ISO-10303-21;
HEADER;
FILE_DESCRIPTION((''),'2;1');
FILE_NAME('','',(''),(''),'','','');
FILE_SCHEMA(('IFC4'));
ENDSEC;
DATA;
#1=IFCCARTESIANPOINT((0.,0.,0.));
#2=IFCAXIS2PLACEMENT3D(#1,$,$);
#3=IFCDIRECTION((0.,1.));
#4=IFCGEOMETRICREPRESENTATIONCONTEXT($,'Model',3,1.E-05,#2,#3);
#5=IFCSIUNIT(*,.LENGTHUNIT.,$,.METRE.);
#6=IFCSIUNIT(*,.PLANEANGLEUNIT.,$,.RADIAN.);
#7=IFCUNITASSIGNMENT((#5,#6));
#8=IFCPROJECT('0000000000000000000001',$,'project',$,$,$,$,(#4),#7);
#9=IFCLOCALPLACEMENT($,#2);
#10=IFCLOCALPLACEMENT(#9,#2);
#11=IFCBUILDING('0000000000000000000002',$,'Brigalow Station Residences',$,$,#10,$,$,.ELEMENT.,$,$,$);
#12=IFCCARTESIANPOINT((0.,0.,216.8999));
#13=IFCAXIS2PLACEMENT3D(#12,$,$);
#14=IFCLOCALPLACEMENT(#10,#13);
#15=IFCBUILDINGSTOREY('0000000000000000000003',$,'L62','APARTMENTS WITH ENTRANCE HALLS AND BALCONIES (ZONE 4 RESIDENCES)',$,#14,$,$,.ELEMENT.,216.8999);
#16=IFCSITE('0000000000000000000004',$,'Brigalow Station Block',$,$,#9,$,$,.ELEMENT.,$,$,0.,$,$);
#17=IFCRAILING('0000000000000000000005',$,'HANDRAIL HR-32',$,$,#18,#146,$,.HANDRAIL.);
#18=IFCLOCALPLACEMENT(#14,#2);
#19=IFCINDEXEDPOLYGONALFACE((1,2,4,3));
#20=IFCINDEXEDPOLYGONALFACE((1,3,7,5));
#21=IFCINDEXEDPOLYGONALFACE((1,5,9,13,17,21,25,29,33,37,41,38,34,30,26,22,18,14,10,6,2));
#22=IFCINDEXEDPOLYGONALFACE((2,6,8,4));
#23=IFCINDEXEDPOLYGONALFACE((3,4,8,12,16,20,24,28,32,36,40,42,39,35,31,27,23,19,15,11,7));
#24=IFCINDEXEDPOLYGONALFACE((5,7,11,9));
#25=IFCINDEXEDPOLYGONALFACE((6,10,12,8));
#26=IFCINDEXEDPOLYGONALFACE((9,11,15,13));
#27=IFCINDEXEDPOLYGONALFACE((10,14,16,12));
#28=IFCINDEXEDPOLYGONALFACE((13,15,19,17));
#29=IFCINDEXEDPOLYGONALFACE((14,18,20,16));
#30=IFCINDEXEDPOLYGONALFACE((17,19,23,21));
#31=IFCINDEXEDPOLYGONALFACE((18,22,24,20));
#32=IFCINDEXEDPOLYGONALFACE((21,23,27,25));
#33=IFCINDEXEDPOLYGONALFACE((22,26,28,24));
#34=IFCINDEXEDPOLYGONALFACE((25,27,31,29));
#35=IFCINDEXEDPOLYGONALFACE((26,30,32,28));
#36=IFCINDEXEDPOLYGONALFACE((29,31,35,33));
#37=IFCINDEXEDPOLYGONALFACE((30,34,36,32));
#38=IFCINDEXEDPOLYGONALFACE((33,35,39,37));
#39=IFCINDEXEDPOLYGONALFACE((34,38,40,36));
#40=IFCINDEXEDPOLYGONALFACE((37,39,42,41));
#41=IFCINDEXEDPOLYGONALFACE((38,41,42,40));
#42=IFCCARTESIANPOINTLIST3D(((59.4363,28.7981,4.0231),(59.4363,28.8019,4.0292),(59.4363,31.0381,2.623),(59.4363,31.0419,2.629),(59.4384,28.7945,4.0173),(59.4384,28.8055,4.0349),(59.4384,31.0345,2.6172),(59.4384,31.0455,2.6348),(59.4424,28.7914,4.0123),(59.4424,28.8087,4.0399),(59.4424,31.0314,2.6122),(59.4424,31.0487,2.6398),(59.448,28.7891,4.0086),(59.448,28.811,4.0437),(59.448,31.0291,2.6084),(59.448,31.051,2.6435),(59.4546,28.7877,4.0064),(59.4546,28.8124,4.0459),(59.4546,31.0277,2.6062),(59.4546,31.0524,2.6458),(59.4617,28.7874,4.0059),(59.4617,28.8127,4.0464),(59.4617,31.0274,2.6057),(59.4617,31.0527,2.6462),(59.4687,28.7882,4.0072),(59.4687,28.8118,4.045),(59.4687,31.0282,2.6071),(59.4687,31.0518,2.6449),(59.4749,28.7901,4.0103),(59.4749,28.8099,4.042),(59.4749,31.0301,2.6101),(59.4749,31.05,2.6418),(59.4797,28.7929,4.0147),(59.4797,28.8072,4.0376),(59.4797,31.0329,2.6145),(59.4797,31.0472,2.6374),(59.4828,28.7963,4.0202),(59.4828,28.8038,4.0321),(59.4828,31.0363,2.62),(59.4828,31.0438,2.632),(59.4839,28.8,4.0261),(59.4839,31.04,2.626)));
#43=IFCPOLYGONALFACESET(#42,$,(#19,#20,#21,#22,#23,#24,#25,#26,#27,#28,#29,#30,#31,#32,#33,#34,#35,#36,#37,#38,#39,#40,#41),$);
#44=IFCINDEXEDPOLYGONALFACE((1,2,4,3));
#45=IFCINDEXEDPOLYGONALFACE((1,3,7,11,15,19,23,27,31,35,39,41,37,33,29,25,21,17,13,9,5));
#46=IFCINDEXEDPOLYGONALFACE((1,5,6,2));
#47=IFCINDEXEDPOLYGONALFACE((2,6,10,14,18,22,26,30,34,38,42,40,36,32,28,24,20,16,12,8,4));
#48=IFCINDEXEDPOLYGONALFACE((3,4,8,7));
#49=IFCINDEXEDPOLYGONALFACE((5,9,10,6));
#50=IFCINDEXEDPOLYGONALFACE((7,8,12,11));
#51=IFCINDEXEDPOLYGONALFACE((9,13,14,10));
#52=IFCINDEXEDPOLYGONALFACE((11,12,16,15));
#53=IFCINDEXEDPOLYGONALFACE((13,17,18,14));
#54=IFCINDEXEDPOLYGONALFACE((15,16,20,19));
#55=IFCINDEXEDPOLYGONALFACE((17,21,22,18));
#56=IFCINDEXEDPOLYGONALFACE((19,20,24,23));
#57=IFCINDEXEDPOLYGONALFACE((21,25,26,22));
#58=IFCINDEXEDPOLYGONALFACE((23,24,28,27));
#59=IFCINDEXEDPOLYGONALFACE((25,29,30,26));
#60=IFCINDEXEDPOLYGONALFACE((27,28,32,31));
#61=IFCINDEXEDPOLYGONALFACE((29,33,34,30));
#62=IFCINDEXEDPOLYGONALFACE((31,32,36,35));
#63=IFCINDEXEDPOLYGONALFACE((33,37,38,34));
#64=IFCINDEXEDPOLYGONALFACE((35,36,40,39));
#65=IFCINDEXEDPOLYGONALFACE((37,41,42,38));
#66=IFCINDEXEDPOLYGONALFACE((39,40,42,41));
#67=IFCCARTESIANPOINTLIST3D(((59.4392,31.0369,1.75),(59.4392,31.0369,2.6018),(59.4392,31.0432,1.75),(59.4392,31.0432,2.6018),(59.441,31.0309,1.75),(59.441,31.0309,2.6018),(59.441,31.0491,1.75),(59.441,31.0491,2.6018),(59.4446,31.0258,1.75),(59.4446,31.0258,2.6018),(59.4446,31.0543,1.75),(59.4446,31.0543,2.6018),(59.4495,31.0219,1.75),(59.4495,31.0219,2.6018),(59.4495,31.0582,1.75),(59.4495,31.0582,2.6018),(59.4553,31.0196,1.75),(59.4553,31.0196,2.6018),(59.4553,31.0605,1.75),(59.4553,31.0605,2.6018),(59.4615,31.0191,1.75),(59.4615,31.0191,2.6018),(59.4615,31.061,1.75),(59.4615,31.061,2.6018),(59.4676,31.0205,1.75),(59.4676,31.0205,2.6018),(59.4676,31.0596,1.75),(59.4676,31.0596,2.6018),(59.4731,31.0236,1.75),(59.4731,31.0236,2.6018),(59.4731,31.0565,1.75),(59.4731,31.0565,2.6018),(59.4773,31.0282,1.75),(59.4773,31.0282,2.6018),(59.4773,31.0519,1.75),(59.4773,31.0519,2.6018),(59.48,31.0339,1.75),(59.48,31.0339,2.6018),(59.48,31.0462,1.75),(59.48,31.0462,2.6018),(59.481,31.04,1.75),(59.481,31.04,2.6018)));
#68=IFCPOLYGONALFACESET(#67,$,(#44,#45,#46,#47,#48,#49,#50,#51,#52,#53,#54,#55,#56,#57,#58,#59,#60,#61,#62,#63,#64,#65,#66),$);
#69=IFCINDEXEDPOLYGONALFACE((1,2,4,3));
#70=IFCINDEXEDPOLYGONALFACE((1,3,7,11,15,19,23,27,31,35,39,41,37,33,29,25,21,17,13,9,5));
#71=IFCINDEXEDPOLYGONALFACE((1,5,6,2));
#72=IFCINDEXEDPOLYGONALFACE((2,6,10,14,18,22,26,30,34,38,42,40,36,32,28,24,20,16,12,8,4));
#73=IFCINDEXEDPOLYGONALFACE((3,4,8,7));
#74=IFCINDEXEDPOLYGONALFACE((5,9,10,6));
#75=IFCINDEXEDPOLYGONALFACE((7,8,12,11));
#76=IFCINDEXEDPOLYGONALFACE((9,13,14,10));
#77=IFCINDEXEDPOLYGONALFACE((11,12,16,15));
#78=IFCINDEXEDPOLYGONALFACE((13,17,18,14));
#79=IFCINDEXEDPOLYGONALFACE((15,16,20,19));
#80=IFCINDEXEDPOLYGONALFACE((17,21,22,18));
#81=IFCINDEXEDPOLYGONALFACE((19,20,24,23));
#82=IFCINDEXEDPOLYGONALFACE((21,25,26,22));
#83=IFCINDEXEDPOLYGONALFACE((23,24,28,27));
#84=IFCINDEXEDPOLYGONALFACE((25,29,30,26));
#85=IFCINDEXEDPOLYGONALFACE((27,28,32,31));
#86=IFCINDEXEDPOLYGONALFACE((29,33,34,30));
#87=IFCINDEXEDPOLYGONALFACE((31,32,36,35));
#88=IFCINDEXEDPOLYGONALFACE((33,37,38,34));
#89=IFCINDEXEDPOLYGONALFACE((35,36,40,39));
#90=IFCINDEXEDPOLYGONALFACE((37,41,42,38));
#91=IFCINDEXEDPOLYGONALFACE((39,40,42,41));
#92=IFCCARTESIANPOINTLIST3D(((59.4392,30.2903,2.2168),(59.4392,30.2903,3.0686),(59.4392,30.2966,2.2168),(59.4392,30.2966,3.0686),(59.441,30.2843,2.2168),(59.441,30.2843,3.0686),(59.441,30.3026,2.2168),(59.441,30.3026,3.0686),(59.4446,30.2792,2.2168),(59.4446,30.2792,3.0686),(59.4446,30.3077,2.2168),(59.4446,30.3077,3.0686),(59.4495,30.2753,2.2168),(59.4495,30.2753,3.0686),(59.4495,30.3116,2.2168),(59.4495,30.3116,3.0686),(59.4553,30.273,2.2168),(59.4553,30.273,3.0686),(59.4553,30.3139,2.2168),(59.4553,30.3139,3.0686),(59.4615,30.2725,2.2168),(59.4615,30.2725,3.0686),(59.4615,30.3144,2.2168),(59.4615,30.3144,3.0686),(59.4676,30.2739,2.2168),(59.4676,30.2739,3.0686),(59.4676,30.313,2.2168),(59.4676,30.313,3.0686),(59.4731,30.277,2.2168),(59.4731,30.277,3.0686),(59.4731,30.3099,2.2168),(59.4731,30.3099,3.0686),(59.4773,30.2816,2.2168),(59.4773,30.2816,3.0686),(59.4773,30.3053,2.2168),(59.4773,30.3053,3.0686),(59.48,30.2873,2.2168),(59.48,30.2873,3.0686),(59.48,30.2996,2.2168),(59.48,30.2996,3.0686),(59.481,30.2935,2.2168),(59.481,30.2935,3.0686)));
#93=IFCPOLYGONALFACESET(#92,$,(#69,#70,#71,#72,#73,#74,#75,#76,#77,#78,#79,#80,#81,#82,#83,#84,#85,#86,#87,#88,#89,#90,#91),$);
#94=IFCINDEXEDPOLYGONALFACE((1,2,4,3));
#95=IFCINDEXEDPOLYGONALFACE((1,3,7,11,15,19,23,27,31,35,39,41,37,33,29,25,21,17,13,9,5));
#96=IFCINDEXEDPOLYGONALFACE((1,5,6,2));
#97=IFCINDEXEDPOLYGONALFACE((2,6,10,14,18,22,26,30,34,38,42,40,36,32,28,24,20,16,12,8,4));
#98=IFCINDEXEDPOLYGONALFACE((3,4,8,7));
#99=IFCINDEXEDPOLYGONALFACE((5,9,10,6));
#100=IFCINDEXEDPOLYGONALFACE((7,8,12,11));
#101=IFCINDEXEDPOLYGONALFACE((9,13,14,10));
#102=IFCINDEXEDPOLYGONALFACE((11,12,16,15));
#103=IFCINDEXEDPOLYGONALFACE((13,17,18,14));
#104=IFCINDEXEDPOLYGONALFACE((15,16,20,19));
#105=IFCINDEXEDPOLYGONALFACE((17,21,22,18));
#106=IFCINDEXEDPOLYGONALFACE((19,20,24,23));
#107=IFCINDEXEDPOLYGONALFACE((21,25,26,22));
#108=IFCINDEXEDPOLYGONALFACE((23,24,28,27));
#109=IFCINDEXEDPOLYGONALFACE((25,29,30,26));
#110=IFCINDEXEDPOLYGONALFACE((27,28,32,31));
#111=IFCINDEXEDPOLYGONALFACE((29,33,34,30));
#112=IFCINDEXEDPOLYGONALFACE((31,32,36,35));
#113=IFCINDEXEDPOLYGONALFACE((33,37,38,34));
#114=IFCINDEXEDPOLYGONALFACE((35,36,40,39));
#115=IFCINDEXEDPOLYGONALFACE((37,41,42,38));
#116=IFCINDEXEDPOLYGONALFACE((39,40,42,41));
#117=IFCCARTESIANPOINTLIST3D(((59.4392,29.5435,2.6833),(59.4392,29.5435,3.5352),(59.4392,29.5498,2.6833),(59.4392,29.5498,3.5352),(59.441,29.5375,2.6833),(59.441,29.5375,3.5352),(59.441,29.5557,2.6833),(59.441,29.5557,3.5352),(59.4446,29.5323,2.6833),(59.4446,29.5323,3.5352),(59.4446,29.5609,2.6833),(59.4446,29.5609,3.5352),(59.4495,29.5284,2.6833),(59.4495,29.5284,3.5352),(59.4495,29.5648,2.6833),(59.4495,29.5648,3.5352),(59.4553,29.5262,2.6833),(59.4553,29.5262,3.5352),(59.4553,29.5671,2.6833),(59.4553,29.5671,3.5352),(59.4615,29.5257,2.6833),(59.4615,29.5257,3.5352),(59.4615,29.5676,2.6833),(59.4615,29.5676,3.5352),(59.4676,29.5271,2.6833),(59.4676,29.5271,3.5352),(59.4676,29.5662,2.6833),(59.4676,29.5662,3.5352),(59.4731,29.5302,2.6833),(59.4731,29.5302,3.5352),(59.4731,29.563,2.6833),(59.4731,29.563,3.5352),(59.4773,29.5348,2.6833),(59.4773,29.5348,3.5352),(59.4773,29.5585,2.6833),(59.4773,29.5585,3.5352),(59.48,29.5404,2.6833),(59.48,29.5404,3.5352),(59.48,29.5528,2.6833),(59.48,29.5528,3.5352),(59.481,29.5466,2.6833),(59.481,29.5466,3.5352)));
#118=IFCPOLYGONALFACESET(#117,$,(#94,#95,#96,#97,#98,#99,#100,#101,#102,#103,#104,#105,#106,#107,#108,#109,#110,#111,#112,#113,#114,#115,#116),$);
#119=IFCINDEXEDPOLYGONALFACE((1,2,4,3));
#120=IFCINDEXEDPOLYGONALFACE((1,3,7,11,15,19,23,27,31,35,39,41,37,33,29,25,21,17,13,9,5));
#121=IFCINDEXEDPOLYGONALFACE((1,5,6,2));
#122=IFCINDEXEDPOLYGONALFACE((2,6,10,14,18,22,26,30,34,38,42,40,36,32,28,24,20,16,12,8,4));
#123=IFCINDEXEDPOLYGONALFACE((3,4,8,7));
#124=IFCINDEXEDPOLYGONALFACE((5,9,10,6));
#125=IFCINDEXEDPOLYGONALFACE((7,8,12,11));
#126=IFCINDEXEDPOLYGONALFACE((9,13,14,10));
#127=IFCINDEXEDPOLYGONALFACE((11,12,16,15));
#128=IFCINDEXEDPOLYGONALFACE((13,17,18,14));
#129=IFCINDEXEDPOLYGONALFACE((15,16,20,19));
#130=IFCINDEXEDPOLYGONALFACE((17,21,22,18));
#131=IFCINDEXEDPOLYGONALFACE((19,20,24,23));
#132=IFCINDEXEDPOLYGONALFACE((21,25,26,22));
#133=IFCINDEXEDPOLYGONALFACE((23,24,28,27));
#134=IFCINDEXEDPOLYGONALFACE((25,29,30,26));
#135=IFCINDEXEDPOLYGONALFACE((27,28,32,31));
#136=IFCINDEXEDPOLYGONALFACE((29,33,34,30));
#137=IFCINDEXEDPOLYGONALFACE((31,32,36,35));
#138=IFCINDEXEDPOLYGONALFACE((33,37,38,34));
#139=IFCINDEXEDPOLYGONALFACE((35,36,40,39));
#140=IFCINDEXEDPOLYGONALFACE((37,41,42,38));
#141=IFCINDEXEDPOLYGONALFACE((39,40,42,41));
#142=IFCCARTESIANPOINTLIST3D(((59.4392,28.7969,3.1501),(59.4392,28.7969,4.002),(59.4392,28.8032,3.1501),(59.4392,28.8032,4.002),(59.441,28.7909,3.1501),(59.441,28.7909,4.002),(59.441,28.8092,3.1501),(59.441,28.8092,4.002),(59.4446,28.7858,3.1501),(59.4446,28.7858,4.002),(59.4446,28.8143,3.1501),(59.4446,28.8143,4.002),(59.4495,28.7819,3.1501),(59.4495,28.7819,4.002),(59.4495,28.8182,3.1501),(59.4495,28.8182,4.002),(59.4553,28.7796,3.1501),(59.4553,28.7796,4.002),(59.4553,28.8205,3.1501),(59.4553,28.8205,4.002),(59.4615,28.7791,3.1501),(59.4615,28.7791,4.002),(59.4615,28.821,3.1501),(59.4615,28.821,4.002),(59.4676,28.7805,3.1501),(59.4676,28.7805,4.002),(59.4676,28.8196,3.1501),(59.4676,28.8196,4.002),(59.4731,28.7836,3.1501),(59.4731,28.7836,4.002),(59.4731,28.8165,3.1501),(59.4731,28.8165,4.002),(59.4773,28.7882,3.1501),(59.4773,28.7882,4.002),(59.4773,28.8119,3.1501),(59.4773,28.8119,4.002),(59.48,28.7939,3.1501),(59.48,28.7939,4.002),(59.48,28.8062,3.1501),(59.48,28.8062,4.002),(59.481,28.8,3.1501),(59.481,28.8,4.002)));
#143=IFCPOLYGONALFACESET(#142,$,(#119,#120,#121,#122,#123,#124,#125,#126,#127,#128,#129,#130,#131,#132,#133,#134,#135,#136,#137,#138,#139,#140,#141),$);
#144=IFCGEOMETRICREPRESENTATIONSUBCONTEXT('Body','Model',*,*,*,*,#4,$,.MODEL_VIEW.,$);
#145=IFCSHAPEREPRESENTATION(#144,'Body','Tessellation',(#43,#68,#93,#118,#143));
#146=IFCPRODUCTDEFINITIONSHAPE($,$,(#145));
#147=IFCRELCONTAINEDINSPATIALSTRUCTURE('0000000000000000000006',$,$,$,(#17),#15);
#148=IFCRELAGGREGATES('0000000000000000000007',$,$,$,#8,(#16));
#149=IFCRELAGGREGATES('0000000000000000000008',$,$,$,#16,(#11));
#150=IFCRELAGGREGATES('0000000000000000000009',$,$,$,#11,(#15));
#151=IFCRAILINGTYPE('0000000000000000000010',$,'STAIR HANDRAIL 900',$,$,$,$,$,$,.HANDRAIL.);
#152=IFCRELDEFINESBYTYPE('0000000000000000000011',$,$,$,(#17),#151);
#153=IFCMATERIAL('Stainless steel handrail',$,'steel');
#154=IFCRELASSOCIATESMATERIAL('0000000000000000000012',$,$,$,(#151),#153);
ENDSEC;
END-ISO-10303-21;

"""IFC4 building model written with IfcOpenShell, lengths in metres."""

from ifc_helpers import new_model, si_unit, direction, frame, origin, origin_2d, place, context, subcontext, project, spatial, circle, extrude, material, type_object, element, save


model = new_model("IFC4")

# Units and contexts
model_context = context("Model", 3, precision=1e-05, world=origin(), true_north=direction((0.0, 1.0)))
body_context = subcontext(model_context, "Body", "Model", "MODEL_VIEW")
ifc_project = project(units=[si_unit("LENGTHUNIT", "METRE"), si_unit("PLANEANGLEUNIT", "RADIAN")], contexts=[model_context])

# Site, building, storey
site_placement = place(None, origin())
site = spatial("IfcSite", under=ifc_project, at=site_placement, Name="Brigalow Station Block", CompositionType="ELEMENT", RefElevation=0.0)
building_placement = place(site_placement, origin())
building = spatial("IfcBuilding", under=site, at=building_placement, Name="Brigalow Station Residences", CompositionType="ELEMENT")
storey_placement = place(building_placement, frame((0.0, 0.0, 216.8999)))
storey = spatial("IfcBuildingStorey", under=building, at=storey_placement, Name="L62", Description="APARTMENTS WITH ENTRANCE HALLS AND BALCONIES (ZONE 4 RESIDENCES)", CompositionType="ELEMENT", Elevation=216.8999)

# Railing
ifc_material_1 = material(Name="Stainless steel handrail", Category="steel")
railing_type_1 = type_object("IfcRailingType", Name="STAIR HANDRAIL 900", PredefinedType="HANDRAIL", material=ifc_material_1)
railing_1_placement = place(storey_placement, frame((59.46, 31.04, 1.75)))
element("IfcRailing", 1, at=railing_1_placement, inside=storey, type_object=railing_type_1, Name="HANDRAIL HR-32", PredefinedType="HANDRAIL", context=body_context, shape_type="SweptSolid", body=[
    extrude(circle(Radius=0.0239, at=origin_2d()), frame((0.0, 0.0, 0.876), z_axis=(0.0, -0.847972, 0.53004), x_axis=(1.0, 0.0, 0.0)), (0.0, 0.0, 1.0), 2.6416),
    extrude(circle(Radius=0.021, at=origin_2d()), origin(), (0.0, 0.0, 1.0), 0.8518),
    extrude(circle(Radius=0.021, at=origin_2d()), frame((0.0, -0.7466, 0.4668)), (0.0, 0.0, 1.0), 0.8518),
    extrude(circle(Radius=0.021, at=origin_2d()), frame((0.0, -1.4934, 0.9333)), (0.0, 0.0, 1.0), 0.8518),
    extrude(circle(Radius=0.021, at=origin_2d()), frame((0.0, -2.24, 1.4001)), (0.0, 0.0, 1.0), 0.8518),
])

save(model, "model.ifc")
